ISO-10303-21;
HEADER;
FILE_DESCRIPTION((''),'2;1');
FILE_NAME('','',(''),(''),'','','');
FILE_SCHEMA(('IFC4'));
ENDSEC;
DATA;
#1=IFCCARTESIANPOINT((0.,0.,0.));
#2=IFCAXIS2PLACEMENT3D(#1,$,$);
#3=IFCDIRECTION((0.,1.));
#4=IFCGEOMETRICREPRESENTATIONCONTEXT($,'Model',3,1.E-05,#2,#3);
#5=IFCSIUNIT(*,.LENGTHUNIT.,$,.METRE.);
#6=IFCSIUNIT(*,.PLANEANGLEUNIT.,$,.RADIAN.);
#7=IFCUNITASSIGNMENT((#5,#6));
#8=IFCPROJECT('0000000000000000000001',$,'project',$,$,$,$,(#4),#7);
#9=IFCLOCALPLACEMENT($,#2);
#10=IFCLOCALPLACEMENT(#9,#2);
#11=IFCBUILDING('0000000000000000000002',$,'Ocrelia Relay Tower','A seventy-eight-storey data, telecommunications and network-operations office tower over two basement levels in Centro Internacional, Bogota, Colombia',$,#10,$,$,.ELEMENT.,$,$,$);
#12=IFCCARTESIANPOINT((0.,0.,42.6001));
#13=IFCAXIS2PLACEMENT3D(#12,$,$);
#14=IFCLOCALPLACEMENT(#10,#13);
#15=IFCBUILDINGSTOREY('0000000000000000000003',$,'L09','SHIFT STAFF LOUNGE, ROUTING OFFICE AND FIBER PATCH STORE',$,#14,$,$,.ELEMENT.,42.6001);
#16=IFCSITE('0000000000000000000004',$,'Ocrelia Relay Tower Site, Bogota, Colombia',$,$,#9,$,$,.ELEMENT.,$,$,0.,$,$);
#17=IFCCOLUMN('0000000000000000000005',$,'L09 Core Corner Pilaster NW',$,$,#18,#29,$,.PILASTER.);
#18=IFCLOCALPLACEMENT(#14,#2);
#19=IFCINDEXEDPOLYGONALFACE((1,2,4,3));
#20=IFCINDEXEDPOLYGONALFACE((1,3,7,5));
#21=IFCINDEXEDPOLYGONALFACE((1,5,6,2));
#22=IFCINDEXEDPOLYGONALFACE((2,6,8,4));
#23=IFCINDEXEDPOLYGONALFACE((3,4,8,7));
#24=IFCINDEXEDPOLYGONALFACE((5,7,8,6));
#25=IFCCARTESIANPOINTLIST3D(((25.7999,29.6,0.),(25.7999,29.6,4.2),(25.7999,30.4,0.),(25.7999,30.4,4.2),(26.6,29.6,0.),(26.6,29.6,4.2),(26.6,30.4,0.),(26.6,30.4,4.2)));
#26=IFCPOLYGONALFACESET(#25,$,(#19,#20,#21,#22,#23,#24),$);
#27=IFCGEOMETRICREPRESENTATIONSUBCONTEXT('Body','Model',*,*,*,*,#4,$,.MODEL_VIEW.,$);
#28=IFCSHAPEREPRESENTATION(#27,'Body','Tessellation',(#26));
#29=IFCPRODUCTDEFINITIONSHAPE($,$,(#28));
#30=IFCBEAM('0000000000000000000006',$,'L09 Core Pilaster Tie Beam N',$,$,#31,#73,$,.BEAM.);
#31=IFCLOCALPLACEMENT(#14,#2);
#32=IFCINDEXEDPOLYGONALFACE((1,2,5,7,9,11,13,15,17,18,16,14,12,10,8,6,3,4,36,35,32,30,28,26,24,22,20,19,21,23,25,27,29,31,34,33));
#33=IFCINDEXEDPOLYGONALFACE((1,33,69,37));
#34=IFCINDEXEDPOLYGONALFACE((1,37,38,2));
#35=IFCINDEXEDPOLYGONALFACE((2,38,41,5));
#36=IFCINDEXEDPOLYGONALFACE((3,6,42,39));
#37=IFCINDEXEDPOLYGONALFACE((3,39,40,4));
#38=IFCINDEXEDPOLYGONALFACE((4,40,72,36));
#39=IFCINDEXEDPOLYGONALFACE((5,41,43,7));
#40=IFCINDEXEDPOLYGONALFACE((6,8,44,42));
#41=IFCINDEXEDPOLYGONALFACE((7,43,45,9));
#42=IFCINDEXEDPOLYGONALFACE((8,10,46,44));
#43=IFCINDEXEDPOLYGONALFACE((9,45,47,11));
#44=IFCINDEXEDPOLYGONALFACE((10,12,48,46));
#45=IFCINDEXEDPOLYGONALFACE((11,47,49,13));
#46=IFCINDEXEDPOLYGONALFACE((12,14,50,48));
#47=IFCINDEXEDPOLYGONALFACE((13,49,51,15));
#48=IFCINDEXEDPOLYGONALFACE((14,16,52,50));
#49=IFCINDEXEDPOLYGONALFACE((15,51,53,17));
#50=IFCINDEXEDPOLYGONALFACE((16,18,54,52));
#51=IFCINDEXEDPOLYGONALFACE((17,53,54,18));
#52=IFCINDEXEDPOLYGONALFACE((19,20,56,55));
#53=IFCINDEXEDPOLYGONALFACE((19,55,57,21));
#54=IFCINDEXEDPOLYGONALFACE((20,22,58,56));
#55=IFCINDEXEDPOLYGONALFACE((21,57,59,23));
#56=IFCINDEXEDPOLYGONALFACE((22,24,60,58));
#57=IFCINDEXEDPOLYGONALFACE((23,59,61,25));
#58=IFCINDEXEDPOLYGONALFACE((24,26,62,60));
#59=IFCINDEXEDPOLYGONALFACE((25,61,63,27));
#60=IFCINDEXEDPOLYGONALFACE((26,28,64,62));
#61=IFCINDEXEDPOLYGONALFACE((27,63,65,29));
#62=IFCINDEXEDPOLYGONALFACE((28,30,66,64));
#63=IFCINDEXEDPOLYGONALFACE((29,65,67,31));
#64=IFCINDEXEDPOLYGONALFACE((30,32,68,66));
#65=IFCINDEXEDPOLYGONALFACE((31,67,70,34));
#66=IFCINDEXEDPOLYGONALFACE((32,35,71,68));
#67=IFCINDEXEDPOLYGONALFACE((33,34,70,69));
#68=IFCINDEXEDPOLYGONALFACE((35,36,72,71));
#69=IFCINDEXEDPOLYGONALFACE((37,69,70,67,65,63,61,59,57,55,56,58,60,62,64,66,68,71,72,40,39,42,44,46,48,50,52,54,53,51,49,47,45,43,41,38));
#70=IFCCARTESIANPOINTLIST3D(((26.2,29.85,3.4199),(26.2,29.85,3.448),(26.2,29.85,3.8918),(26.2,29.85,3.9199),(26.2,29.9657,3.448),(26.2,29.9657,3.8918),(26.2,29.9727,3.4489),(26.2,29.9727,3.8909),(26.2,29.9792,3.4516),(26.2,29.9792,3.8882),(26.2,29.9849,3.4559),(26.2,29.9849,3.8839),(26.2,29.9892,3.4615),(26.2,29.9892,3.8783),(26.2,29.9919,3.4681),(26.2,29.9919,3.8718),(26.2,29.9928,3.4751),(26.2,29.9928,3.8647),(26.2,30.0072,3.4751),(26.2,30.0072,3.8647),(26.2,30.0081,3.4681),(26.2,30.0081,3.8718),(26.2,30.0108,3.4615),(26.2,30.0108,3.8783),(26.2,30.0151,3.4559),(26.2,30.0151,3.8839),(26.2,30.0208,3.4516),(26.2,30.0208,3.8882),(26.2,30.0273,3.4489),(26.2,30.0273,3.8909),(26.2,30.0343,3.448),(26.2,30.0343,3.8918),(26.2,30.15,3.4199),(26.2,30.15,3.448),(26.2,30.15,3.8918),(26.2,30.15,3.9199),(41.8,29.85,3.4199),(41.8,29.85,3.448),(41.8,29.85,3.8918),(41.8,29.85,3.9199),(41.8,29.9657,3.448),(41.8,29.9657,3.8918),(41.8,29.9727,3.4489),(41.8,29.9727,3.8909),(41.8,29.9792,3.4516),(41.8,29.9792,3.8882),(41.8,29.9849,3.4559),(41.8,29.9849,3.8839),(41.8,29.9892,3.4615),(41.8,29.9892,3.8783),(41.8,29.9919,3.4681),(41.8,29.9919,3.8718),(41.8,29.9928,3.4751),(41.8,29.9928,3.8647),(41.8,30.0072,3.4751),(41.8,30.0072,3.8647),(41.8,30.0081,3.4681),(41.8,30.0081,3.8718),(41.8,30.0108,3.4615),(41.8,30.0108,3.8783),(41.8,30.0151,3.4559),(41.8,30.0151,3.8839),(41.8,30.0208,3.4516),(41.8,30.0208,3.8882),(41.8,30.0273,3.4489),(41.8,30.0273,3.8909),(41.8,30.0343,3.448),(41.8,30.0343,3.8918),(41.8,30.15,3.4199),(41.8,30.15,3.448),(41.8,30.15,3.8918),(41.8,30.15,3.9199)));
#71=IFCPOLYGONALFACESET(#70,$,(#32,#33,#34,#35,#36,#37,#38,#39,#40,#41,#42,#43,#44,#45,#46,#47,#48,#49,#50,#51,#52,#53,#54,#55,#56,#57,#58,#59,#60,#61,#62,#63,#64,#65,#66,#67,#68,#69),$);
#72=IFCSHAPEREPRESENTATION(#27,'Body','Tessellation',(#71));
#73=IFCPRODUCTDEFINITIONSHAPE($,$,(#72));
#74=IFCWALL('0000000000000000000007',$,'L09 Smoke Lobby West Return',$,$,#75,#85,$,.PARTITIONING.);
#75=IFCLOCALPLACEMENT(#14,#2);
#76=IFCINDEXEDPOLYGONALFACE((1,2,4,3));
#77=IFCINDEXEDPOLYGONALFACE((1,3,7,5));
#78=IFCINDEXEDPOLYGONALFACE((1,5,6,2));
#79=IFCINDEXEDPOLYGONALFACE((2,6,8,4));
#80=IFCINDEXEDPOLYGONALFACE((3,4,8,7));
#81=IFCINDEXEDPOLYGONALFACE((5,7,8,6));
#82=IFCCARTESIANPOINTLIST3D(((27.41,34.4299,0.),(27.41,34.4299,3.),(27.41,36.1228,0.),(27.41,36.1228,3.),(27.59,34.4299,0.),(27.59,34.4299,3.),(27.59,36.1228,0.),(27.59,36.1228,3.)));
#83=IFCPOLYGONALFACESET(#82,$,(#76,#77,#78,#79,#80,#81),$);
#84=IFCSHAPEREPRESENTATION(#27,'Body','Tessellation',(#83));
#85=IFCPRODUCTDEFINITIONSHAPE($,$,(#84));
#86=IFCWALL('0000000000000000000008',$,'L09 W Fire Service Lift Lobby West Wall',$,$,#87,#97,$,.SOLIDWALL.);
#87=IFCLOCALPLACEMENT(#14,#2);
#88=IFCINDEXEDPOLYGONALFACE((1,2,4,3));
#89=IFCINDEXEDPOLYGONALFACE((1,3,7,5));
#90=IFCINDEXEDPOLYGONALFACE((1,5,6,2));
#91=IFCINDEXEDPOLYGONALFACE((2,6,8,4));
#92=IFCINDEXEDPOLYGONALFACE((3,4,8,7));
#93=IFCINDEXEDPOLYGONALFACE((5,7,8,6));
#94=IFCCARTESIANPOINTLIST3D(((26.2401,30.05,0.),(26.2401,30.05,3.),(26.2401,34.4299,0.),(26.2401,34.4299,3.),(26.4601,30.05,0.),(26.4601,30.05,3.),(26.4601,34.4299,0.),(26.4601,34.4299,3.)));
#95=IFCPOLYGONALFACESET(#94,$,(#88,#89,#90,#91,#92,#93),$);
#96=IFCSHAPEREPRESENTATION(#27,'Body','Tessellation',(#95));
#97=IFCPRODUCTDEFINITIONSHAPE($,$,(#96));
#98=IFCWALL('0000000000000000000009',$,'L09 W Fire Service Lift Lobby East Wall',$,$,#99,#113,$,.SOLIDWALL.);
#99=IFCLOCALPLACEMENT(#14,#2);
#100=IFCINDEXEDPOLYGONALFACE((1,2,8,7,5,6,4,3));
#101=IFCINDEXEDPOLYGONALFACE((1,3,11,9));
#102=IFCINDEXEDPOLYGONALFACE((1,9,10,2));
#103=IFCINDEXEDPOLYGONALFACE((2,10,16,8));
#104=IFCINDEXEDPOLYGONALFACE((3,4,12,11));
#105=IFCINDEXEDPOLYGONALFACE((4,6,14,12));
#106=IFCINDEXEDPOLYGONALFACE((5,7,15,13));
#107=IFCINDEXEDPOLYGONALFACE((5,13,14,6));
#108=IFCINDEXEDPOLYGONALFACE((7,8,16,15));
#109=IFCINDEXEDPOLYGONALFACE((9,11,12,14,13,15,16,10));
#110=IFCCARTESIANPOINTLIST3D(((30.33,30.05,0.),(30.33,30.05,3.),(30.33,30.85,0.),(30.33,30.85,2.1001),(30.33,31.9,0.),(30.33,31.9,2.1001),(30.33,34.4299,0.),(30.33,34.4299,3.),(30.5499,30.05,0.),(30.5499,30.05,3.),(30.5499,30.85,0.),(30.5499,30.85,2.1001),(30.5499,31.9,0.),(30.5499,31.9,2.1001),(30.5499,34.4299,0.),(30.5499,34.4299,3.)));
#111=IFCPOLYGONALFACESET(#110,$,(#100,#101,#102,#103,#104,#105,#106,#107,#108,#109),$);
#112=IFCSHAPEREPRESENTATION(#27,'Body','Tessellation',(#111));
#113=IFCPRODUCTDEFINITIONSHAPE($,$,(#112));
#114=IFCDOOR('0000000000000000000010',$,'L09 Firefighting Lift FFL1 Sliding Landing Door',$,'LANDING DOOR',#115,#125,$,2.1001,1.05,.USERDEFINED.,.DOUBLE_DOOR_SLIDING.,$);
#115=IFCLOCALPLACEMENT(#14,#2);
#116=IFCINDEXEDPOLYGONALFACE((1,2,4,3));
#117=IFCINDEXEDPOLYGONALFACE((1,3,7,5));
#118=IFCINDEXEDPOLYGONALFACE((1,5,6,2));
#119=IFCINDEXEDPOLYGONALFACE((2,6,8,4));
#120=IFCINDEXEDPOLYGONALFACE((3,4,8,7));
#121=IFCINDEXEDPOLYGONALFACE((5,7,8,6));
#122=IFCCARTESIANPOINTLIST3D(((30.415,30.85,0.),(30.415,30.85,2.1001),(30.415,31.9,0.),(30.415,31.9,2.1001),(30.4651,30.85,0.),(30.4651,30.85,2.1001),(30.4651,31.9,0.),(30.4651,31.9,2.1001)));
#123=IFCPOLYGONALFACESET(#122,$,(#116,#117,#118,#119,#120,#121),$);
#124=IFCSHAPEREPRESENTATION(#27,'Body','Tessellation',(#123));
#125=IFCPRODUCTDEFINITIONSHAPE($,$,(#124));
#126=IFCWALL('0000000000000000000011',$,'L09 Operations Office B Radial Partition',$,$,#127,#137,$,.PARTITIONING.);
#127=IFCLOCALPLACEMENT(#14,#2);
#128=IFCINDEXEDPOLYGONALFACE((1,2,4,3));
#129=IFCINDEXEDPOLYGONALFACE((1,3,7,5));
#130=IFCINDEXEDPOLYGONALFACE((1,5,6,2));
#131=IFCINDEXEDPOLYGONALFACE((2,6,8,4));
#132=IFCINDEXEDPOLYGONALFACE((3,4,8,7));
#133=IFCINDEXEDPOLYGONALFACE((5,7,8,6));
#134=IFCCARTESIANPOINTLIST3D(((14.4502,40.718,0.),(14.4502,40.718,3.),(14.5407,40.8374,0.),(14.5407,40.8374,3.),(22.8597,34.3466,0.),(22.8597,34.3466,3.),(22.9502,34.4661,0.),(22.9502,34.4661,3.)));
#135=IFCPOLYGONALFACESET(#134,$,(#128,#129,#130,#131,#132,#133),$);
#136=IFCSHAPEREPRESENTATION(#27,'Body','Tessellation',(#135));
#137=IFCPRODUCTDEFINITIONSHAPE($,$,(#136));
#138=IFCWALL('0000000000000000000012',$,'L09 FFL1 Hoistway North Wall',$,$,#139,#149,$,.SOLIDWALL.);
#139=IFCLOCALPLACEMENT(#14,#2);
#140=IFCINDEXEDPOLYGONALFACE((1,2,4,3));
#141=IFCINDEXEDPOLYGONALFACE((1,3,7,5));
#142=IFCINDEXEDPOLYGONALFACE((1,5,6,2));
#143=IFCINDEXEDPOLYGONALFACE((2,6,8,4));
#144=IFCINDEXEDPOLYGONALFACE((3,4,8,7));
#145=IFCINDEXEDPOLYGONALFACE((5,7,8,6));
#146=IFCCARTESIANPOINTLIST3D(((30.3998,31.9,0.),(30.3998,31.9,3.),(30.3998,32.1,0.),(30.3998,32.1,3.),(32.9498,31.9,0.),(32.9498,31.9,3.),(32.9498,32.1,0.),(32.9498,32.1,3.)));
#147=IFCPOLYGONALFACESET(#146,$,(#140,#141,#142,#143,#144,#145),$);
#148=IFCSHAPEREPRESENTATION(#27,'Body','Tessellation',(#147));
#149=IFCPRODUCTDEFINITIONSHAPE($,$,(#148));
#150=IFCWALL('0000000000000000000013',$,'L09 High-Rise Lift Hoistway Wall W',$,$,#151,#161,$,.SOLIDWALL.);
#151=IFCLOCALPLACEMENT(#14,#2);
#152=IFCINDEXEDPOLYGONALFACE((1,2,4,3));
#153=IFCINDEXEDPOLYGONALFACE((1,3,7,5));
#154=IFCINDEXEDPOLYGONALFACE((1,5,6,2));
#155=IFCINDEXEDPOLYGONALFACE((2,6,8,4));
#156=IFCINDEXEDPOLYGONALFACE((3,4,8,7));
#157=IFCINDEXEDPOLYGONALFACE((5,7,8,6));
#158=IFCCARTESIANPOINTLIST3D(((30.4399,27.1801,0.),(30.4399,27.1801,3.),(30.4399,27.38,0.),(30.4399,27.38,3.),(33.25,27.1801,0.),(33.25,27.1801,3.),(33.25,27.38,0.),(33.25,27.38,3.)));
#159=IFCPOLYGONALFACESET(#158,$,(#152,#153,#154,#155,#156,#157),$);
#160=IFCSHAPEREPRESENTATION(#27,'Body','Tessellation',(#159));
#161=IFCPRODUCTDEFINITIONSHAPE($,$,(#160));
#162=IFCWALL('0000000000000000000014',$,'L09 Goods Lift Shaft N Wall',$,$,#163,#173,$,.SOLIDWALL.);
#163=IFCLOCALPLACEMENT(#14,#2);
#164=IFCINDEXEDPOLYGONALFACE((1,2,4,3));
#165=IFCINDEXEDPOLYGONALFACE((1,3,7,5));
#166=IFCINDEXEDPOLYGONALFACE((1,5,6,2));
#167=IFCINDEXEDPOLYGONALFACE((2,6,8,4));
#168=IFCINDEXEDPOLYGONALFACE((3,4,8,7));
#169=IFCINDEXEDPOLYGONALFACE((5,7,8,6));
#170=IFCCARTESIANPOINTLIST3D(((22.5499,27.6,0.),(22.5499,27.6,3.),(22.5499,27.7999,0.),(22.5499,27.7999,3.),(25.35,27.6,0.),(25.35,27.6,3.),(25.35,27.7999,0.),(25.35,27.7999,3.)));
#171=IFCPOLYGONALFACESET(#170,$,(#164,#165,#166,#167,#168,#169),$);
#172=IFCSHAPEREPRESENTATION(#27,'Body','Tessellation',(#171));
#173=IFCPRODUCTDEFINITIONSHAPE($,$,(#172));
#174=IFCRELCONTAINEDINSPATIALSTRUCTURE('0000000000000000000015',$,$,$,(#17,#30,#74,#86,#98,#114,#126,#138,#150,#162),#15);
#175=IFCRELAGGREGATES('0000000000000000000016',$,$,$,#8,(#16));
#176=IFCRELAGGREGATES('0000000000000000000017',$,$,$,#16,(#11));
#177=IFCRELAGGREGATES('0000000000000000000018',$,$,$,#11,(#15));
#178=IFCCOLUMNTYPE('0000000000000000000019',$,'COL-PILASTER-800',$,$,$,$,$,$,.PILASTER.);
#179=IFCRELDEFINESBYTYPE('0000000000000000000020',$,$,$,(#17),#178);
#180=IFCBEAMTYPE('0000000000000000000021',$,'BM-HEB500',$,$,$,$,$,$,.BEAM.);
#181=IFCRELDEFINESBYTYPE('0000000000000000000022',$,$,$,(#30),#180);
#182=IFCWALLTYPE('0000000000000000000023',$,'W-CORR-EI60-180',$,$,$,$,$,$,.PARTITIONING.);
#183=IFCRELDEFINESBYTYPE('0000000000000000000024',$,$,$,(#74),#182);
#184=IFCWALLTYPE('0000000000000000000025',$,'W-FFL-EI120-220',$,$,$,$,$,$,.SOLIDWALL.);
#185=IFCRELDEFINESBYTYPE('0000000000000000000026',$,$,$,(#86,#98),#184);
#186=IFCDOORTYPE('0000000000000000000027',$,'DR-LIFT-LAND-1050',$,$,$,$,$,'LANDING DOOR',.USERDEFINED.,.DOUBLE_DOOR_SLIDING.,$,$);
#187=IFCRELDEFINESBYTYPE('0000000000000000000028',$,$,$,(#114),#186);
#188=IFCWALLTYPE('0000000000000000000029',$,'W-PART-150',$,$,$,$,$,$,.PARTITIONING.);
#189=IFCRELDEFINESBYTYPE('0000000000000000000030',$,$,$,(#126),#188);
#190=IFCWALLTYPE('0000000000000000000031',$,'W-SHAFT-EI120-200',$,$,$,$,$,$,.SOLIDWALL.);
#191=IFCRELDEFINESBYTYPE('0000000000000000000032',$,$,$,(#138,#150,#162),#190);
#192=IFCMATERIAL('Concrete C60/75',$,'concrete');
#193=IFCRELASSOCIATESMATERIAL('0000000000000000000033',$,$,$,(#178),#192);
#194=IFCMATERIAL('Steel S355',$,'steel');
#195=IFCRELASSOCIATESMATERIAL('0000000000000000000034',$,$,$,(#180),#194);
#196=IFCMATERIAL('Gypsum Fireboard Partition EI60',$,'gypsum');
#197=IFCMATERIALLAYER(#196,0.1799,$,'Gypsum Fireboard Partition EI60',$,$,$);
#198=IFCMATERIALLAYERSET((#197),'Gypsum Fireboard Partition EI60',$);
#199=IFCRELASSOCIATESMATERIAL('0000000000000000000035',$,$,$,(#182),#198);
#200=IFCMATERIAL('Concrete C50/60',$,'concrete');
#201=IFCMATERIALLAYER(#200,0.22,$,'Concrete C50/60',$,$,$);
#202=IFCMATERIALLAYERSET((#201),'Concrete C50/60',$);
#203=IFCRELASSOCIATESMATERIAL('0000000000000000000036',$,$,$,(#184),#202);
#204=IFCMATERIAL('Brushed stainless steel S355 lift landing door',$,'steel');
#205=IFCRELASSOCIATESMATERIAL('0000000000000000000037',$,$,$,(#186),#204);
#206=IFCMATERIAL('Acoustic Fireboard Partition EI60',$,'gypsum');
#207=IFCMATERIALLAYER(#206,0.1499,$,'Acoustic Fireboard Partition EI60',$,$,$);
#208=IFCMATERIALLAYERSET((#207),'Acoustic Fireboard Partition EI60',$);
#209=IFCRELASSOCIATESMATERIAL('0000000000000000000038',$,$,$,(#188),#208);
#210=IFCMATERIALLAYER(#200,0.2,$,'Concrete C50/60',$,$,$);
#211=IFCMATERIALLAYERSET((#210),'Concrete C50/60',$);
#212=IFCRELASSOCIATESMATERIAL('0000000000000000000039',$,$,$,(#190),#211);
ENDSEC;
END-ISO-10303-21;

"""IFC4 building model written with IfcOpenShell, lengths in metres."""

from ifc_helpers import new_model, si_unit, direction, frame, frame_2d, origin, origin_2d, place, context, subcontext, project, spatial, rectangle, i_section, extrude, material, layer, layer_set, material_profile, profile_set, type_object, element, fill, save


model = new_model("IFC4")

# Units and contexts
model_context = context("Model", 3, precision=1e-05, world=origin(), true_north=direction((0.0, 1.0)))
body_context = subcontext(model_context, "Body", "Model", "MODEL_VIEW")
ifc_project = project(units=[si_unit("LENGTHUNIT", "METRE"), si_unit("PLANEANGLEUNIT", "RADIAN")], contexts=[model_context])

# Site, building, storey
site_placement = place(None, origin())
site = spatial("IfcSite", under=ifc_project, at=site_placement, Name="Ocrelia Relay Tower Site, Bogota, Colombia", CompositionType="ELEMENT", RefElevation=0.0)
building_placement = place(site_placement, origin())
building = spatial("IfcBuilding", under=site, at=building_placement, Name="Ocrelia Relay Tower", Description="A seventy-eight-storey data, telecommunications and network-operations office tower over two basement levels in Centro Internacional, Bogota, Colombia", CompositionType="ELEMENT")
storey_placement = place(building_placement, frame((0.0, 0.0, 42.6001)))
storey = spatial("IfcBuildingStorey", under=building, at=storey_placement, Name="L09", Description="SHIFT STAFF LOUNGE, ROUTING OFFICE AND FIBER PATCH STORE", CompositionType="ELEMENT", Elevation=42.6001)

# Column
ifc_material_1 = material(Name="Concrete C60/75", Category="concrete")
ifc_material_profile_1 = material_profile(ifc_material_1, rectangle(XDim=0.8, YDim=0.8, at=origin_2d()), Name="RC-COL-800x800")
ifc_profile_set_1 = profile_set([ifc_material_profile_1], Name="Concrete C60/75")
column_type = type_object("IfcColumnType", Name="COL-PILASTER-800", PredefinedType="PILASTER", material=ifc_profile_set_1)
column_placement = place(storey_placement, frame((26.2, 30.0, 0.0), z_axis=(0.0, 0.0, 1.0), x_axis=(1.0, 0.0, 0.0)))
element("IfcColumn", 1, at=column_placement, inside=storey, type_object=column_type, Name="L09 Core Corner Pilaster NW", PredefinedType="PILASTER", context=body_context, shape_type="SweptSolid", body=[
    extrude(rectangle(XDim=0.8, YDim=0.8, at=origin_2d()), origin(), (0.0, 0.0, 1.0), 4.2),
])

# Beam
ifc_material_2 = material(Name="Steel S355", Category="steel")
ifc_material_profile_2 = material_profile(ifc_material_2, i_section(OverallWidth=0.3, OverallDepth=0.5, WebThickness=0.0144, FlangeThickness=0.0281, FilletRadius=0.0271, at=origin_2d()), Name="HEB 500")
ifc_profile_set_2 = profile_set([ifc_material_profile_2], Name="Steel S355")
beam_type = type_object("IfcBeamType", Name="BM-HEB500", PredefinedType="BEAM", material=ifc_profile_set_2)
beam_placement = place(storey_placement, frame((26.2, 30.0, 3.6699), z_axis=(1.0, 0.0, 0.0), x_axis=(0.0, 1.0, 0.0)))
element("IfcBeam", 2, at=beam_placement, inside=storey, type_object=beam_type, Name="L09 Core Pilaster Tie Beam N", PredefinedType="BEAM", context=body_context, shape_type="SweptSolid", body=[
    extrude(i_section(OverallWidth=0.3, OverallDepth=0.5, WebThickness=0.0144, FlangeThickness=0.0281, FilletRadius=0.0271, at=origin_2d()), origin(), (0.0, 0.0, 1.0), 15.6001),
])

# Wall
ifc_material_3 = material(Name="Gypsum Fireboard Partition EI60", Category="gypsum")
ifc_layer_1 = layer(ifc_material_3, 0.1799, Name="Gypsum Fireboard Partition EI60")
ifc_layer_set_1 = layer_set([ifc_layer_1], Name="Gypsum Fireboard Partition EI60")
wall_type_1 = type_object("IfcWallType", Name="W-CORR-EI60-180", PredefinedType="PARTITIONING", material=ifc_layer_set_1)
wall_1_placement = place(storey_placement, frame((27.5, 34.4299, 0.0), z_axis=(0.0, 0.0, 1.0), x_axis=(0.0, 1.0, 0.0)))
element("IfcWall", 3, at=wall_1_placement, inside=storey, type_object=wall_type_1, Name="L09 Smoke Lobby West Return", PredefinedType="PARTITIONING", context=body_context, shape_type="SweptSolid", body=[
    extrude(rectangle(XDim=1.6929, YDim=0.1799, at=frame_2d((0.8464, 0.0))), origin(), (0.0, 0.0, 1.0), 3.0),
])

# Wall
ifc_material_4 = material(Name="Concrete C50/60", Category="concrete")
ifc_layer_2 = layer(ifc_material_4, 0.22, Name="Concrete C50/60")
ifc_layer_set_2 = layer_set([ifc_layer_2], Name="Concrete C50/60")
wall_type_2 = type_object("IfcWallType", Name="W-FFL-EI120-220", PredefinedType="SOLIDWALL", material=ifc_layer_set_2)
wall_2_placement = place(storey_placement, frame((26.3501, 30.05, 0.0), z_axis=(0.0, 0.0, 1.0), x_axis=(0.0, 1.0, 0.0)))
element("IfcWall", 4, at=wall_2_placement, inside=storey, type_object=wall_type_2, Name="L09 W Fire Service Lift Lobby West Wall", PredefinedType="SOLIDWALL", context=body_context, shape_type="SweptSolid", body=[
    extrude(rectangle(XDim=4.3799, YDim=0.22, at=frame_2d((2.1899, 0.0))), origin(), (0.0, 0.0, 1.0), 3.0),
])

# Wall, opening, door
wall_3_placement = place(storey_placement, frame((30.4399, 30.05, 0.0), z_axis=(0.0, 0.0, 1.0), x_axis=(0.0, 1.0, 0.0)))
wall_3 = element("IfcWall", 5, at=wall_3_placement, inside=storey, type_object=wall_type_2, Name="L09 W Fire Service Lift Lobby East Wall", PredefinedType="SOLIDWALL", context=body_context, shape_type="SweptSolid", body=[
    extrude(rectangle(XDim=4.3799, YDim=0.22, at=frame_2d((2.1899, 0.0))), origin(), (0.0, 0.0, 1.0), 3.0),
])
opening_1_placement = place(wall_3_placement, frame((0.8, 0.0, 0.0)))
opening_1 = element("IfcOpeningElement", 6, at=opening_1_placement, cuts=wall_3, PredefinedType="OPENING", context=body_context, shape_type="SweptSolid", body=[
    extrude(rectangle(XDim=1.05, YDim=2.1001, at=frame_2d((0.5249, 1.05))), frame((0.0, 0.1201, 0.0), z_axis=(0.0, -1.0, 0.0), x_axis=(1.0, 0.0, 0.0)), (0.0, 0.0, 1.0), 0.24),
])
ifc_material_5 = material(Name="Brushed stainless steel S355 lift landing door", Category="steel")
door_type_1 = type_object("IfcDoorType", Name="DR-LIFT-LAND-1050", ElementType="LANDING DOOR", OperationType="DOUBLE_DOOR_SLIDING", PredefinedType="USERDEFINED", material=ifc_material_5)
door_1_placement = place(opening_1_placement, origin())
door_1 = element("IfcDoor", 7, at=door_1_placement, inside=storey, type_object=door_type_1, Name="L09 Firefighting Lift FFL1 Sliding Landing Door", ObjectType="LANDING DOOR", OperationType="DOUBLE_DOOR_SLIDING", OverallHeight=2.1001, OverallWidth=1.05, PredefinedType="USERDEFINED", context=body_context, shape_type="SweptSolid", body=[
    extrude(rectangle(XDim=1.05, YDim=2.1001, at=frame_2d((0.5249, 1.05))), frame((0.0, 0.0249, 0.0), z_axis=(0.0, -1.0, 0.0), x_axis=(1.0, 0.0, 0.0)), (0.0, 0.0, 1.0), 0.05),
])
fill(opening_1, door_1)

# Walls
ifc_material_6 = material(Name="Acoustic Fireboard Partition EI60", Category="gypsum")
ifc_layer_3 = layer(ifc_material_6, 0.1499, Name="Acoustic Fireboard Partition EI60")
ifc_layer_set_3 = layer_set([ifc_layer_3], Name="Acoustic Fireboard Partition EI60")
wall_type_3 = type_object("IfcWallType", Name="W-PART-150", PredefinedType="PARTITIONING", material=ifc_layer_set_3)
wall_4_placement = place(storey_placement, frame((22.905, 34.4062, 0.0), z_axis=(0.0, 0.0, 1.0), x_axis=(-0.797066, 0.603892, 0.0)))
element("IfcWall", 8, at=wall_4_placement, inside=storey, type_object=wall_type_3, Name="L09 Operations Office B Radial Partition", PredefinedType="PARTITIONING", context=body_context, shape_type="SweptSolid", body=[
    extrude(rectangle(XDim=10.5505, YDim=0.1499, at=frame_2d((5.2754, 0.0))), origin(), (0.0, 0.0, 1.0), 3.0),
])
ifc_layer_4 = layer(ifc_material_4, 0.2, Name="Concrete C50/60")
ifc_layer_set_4 = layer_set([ifc_layer_4], Name="Concrete C50/60")
wall_type_4 = type_object("IfcWallType", Name="W-SHAFT-EI120-200", PredefinedType="SOLIDWALL", material=ifc_layer_set_4)
wall_5_placement = place(storey_placement, frame((30.3999, 32.0, 0.0), z_axis=(0.0, 0.0, 1.0), x_axis=(1.0, 0.0, 0.0)))
element("IfcWall", 9, at=wall_5_placement, inside=storey, type_object=wall_type_4, Name="L09 FFL1 Hoistway North Wall", PredefinedType="SOLIDWALL", context=body_context, shape_type="SweptSolid", body=[
    extrude(rectangle(XDim=2.55, YDim=0.2, at=frame_2d((1.2749, 0.0))), origin(), (0.0, 0.0, 1.0), 3.0),
])
wall_6_placement = place(storey_placement, frame((30.4399, 27.28, 0.0), z_axis=(0.0, 0.0, 1.0), x_axis=(1.0, 0.0, 0.0)))
element("IfcWall", 10, at=wall_6_placement, inside=storey, type_object=wall_type_4, Name="L09 High-Rise Lift Hoistway Wall W", PredefinedType="SOLIDWALL", context=body_context, shape_type="SweptSolid", body=[
    extrude(rectangle(XDim=2.8101, YDim=0.2, at=frame_2d((1.405, 0.0))), origin(), (0.0, 0.0, 1.0), 3.0),
])
wall_7_placement = place(storey_placement, frame((22.55, 27.7, 0.0), z_axis=(0.0, 0.0, 1.0), x_axis=(1.0, 0.0, 0.0)))
element("IfcWall", 11, at=wall_7_placement, inside=storey, type_object=wall_type_4, Name="L09 Goods Lift Shaft N Wall", PredefinedType="SOLIDWALL", context=body_context, shape_type="SweptSolid", body=[
    extrude(rectangle(XDim=2.8, YDim=0.2, at=frame_2d((1.3999, 0.0))), origin(), (0.0, 0.0, 1.0), 3.0),
])

save(model, "model.ifc")
